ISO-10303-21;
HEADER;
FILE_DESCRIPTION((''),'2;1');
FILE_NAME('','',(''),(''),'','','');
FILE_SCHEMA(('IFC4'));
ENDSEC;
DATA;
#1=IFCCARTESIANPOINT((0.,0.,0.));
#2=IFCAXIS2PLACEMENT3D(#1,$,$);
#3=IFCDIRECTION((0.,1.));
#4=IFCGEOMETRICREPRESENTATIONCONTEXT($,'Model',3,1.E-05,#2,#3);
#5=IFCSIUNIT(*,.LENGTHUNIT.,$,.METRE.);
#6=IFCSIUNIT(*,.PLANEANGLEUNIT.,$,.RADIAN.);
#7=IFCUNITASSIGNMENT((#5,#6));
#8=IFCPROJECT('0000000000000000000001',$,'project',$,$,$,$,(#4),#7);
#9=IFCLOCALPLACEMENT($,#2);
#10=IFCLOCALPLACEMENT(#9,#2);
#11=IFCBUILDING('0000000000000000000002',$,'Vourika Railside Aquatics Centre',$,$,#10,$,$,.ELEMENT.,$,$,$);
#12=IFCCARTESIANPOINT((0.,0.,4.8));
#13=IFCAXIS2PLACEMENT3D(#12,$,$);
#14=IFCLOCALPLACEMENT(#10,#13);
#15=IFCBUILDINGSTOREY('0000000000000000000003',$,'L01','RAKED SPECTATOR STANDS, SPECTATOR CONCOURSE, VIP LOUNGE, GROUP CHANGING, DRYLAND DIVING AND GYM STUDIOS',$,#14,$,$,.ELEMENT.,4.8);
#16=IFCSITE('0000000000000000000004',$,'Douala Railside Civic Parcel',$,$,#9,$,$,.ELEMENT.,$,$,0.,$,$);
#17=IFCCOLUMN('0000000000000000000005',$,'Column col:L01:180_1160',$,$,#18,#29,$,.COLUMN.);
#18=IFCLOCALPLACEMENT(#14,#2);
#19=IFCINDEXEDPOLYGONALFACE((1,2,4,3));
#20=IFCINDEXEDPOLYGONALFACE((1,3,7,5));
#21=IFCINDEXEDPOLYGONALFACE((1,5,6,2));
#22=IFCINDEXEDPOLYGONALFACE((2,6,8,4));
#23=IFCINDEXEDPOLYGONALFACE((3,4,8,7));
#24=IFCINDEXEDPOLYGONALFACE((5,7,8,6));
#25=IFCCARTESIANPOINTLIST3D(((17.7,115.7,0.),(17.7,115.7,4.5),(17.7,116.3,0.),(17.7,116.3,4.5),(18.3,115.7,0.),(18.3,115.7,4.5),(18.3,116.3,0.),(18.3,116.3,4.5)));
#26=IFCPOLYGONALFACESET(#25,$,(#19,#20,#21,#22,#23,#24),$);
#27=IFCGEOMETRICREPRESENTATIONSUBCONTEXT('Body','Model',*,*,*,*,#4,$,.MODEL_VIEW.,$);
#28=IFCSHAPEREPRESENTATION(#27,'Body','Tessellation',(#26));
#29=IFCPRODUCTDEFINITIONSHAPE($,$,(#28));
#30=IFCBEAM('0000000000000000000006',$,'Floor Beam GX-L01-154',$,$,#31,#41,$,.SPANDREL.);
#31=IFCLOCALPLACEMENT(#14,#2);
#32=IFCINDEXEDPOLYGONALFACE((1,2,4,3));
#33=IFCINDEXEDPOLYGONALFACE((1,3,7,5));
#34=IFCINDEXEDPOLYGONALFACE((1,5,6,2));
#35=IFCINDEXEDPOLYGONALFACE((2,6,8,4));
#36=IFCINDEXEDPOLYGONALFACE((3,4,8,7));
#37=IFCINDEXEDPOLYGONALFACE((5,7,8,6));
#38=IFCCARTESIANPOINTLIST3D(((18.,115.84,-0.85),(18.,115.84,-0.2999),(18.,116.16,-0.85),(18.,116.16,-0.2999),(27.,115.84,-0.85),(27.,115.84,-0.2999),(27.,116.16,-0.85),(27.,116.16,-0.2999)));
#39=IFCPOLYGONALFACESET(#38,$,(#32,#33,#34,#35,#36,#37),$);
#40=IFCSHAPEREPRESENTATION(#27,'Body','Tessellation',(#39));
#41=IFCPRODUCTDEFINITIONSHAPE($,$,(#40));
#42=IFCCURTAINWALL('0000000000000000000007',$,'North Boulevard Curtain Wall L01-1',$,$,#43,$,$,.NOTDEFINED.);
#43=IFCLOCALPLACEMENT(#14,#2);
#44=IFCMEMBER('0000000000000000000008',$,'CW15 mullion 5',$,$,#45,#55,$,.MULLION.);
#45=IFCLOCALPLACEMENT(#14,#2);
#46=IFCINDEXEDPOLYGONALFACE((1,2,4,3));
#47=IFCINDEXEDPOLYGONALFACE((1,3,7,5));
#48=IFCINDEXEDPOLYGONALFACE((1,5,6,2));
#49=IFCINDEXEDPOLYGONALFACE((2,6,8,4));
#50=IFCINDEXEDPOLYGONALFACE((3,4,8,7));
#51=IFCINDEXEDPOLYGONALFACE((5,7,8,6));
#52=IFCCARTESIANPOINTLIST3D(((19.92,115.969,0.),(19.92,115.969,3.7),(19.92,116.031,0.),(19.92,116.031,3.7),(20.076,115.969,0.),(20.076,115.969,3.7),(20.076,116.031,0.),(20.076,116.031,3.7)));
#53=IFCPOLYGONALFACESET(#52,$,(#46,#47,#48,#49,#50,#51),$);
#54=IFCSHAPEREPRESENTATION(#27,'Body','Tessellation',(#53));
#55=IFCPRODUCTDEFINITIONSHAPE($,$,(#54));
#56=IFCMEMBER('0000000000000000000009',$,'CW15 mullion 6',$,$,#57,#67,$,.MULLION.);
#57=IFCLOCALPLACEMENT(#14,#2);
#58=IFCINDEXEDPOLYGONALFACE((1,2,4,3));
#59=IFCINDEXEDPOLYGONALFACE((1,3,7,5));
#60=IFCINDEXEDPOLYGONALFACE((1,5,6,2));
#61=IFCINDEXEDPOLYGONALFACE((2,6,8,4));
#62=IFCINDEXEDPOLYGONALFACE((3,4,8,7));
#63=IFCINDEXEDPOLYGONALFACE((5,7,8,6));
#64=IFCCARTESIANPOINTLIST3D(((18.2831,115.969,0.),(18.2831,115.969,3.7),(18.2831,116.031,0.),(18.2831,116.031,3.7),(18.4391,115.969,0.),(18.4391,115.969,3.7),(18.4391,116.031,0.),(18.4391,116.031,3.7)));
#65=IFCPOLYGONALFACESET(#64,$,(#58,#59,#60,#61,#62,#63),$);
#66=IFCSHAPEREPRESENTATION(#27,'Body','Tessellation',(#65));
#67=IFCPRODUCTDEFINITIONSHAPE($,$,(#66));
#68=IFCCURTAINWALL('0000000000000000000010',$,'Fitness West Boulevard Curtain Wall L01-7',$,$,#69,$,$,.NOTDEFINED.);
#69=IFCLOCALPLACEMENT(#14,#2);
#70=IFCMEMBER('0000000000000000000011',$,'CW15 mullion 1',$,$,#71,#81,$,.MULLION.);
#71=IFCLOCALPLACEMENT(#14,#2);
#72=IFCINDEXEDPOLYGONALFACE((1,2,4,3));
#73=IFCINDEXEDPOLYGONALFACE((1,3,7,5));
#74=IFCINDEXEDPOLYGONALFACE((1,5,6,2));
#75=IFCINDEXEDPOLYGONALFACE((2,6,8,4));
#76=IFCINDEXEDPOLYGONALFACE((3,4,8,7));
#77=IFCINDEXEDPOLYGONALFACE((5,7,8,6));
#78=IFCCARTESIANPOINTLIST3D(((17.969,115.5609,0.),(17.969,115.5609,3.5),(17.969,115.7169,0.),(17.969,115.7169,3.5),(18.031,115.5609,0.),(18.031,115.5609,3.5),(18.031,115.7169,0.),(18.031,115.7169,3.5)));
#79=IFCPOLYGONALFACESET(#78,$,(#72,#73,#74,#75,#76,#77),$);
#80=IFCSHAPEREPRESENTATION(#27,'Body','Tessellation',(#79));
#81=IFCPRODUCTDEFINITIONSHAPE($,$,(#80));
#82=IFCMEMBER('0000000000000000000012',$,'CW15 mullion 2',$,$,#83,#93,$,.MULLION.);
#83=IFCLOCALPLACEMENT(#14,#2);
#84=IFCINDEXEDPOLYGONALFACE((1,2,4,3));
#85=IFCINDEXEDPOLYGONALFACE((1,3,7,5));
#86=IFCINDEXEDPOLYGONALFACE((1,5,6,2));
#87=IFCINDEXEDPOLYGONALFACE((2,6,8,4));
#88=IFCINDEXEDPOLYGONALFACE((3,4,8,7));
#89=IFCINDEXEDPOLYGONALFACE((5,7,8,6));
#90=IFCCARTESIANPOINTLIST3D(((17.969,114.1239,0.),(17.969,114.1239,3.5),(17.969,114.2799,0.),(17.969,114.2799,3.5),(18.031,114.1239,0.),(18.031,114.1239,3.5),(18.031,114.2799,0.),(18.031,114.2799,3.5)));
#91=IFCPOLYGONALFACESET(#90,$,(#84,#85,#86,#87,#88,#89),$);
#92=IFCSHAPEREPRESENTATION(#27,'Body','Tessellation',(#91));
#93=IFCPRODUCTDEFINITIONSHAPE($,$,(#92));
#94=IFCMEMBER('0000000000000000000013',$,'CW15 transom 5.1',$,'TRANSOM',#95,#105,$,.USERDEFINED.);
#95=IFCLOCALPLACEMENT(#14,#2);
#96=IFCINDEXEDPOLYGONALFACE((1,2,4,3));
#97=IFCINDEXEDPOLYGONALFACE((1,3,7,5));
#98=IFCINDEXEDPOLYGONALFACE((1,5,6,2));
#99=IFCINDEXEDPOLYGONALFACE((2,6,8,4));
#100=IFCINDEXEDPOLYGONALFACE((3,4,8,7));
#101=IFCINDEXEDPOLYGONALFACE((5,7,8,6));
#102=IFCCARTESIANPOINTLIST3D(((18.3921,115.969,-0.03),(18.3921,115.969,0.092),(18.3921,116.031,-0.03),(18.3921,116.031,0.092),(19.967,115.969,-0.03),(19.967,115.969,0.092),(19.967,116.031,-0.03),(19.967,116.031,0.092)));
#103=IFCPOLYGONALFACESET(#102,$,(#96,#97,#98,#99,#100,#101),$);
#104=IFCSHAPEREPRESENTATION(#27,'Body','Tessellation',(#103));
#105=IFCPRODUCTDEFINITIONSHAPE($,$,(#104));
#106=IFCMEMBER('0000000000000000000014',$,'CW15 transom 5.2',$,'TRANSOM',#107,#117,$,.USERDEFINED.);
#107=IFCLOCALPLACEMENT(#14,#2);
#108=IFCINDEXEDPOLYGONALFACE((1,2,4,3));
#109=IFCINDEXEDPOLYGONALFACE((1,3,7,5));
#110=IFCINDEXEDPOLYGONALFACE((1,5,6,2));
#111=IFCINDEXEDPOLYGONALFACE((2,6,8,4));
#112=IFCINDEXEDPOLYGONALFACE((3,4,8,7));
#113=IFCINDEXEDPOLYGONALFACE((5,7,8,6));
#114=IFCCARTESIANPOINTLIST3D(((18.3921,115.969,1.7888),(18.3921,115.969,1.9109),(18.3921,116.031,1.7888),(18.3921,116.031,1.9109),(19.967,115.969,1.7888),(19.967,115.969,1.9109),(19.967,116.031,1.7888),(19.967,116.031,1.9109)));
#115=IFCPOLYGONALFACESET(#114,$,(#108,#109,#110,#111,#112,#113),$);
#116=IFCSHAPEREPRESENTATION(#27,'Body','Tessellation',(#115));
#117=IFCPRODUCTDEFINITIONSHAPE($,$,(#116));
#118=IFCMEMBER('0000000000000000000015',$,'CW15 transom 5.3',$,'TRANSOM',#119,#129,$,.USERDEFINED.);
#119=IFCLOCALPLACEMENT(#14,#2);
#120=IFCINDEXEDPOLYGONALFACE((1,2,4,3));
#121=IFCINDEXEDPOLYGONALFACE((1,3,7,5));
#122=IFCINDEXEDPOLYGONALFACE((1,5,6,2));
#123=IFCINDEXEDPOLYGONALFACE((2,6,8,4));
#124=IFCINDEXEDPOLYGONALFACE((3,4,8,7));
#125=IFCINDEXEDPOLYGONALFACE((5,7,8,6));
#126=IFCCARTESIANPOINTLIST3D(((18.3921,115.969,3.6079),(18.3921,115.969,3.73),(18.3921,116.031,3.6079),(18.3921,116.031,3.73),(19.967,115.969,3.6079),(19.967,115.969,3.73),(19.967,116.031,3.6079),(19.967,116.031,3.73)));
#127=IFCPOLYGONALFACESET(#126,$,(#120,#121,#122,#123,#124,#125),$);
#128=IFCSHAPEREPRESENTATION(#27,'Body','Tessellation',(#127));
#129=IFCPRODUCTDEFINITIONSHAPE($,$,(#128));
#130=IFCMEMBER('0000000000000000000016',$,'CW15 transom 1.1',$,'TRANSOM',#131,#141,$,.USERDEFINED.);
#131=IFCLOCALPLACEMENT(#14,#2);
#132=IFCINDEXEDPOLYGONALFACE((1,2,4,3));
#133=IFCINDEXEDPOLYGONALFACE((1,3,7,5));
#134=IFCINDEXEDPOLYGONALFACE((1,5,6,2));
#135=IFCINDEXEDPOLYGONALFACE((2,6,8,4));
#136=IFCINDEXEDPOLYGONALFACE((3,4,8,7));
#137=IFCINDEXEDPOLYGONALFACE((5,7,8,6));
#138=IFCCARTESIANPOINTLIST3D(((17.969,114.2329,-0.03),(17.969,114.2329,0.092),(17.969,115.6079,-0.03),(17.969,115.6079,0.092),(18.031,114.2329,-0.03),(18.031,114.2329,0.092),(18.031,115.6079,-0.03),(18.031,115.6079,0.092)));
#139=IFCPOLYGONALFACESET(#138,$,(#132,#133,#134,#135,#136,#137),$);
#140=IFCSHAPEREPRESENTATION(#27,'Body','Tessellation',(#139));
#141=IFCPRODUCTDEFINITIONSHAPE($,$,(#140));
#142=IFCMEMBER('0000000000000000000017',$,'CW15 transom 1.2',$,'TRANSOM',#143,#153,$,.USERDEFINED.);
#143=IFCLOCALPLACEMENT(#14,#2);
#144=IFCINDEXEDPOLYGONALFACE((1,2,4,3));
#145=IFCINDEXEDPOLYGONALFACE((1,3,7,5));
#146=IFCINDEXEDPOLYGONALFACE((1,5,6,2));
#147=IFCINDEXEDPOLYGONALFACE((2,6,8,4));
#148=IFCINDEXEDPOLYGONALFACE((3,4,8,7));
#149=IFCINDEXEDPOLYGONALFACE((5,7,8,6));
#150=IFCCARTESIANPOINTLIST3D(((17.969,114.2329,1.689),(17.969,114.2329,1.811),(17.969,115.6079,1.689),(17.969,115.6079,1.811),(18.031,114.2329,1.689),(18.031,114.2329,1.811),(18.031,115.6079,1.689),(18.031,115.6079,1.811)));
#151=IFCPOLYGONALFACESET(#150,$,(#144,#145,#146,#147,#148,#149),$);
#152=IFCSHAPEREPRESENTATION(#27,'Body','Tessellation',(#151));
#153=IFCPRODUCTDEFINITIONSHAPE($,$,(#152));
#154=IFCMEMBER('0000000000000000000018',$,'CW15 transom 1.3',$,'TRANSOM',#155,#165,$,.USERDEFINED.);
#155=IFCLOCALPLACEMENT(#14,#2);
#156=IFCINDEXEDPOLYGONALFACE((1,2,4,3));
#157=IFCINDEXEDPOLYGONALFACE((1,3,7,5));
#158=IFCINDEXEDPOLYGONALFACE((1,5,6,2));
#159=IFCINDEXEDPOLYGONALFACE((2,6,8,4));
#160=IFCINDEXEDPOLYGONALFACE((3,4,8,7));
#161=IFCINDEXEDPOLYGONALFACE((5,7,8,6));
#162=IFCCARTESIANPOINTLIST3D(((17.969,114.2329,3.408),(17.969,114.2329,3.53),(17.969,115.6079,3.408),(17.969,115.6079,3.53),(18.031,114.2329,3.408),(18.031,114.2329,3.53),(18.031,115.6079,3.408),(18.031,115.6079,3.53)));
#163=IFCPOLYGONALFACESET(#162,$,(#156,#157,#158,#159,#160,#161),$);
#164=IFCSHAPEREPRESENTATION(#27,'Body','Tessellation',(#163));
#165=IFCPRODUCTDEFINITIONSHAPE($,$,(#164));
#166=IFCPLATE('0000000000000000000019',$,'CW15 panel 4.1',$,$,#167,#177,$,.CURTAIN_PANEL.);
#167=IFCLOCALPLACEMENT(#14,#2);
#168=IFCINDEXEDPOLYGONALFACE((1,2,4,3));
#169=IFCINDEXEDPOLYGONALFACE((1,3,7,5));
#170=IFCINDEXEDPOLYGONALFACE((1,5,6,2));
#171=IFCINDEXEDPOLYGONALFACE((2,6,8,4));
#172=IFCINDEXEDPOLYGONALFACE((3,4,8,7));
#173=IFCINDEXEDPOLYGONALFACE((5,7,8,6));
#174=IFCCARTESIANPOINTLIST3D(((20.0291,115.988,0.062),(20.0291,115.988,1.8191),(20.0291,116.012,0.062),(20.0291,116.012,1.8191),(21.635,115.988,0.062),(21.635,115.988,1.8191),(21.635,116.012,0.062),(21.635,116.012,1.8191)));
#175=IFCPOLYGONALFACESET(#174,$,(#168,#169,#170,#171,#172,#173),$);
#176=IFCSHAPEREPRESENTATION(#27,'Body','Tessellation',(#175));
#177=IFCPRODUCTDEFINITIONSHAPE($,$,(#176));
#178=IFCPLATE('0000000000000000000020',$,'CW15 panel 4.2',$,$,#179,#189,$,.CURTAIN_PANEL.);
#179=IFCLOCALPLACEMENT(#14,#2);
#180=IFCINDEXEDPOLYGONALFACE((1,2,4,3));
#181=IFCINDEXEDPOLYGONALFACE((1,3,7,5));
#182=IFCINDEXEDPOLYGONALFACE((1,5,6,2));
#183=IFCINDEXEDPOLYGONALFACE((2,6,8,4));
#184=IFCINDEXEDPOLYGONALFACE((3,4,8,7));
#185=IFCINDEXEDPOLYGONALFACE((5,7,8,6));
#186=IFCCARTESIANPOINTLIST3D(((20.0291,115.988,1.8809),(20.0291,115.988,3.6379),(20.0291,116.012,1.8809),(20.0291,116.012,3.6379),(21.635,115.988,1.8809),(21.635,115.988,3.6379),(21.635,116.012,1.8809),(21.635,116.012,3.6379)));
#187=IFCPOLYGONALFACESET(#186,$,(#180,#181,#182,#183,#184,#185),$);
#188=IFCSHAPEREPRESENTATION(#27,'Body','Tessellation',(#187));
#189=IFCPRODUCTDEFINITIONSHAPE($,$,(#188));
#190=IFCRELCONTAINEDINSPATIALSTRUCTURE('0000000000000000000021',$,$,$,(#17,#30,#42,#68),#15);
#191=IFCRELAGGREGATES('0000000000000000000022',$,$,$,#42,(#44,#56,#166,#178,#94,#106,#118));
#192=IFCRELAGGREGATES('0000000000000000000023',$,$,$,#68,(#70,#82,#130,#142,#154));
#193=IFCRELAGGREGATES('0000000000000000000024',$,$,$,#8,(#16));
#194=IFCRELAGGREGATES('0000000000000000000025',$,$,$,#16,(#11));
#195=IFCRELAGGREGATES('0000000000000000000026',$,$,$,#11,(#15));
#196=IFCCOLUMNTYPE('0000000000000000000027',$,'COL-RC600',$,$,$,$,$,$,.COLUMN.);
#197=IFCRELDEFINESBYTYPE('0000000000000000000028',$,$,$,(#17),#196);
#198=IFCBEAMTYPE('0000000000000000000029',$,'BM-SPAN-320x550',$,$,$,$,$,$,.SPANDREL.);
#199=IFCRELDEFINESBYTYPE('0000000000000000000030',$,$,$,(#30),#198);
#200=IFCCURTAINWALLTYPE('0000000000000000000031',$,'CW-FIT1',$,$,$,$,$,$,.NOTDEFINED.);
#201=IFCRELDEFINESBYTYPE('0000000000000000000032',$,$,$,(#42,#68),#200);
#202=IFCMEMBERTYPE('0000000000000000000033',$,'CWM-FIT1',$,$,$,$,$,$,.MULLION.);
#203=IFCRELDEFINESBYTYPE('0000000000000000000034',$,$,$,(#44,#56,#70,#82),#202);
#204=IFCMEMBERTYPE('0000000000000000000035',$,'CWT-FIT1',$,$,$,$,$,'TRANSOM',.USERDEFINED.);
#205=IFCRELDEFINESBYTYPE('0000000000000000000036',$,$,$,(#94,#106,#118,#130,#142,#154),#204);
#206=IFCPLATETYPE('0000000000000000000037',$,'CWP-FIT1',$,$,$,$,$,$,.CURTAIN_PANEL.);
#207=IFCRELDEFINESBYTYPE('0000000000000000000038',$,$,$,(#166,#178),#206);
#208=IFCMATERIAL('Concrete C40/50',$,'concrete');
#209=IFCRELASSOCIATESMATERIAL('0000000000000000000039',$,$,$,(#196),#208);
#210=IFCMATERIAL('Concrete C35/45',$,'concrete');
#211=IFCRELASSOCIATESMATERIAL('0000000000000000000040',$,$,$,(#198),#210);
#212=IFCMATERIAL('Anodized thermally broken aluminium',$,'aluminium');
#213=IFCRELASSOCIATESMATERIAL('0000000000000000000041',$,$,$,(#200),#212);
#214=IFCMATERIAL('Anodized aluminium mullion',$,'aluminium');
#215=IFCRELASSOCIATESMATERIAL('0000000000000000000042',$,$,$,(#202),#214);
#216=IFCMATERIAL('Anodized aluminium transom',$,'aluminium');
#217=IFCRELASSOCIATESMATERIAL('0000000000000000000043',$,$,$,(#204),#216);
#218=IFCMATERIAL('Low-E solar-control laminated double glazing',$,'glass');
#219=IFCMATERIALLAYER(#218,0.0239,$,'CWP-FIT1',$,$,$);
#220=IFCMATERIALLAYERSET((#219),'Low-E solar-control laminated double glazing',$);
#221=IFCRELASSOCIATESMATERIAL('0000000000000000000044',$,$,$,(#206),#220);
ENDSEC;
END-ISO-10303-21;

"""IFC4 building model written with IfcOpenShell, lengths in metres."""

from ifc_helpers import new_model, si_unit, direction, frame, origin, origin_2d, place, context, subcontext, project, spatial, rectangle, extrude, material, layer, layer_set, material_profile, profile_set, type_object, element, aggregate, save


model = new_model("IFC4")

# Units and contexts
model_context = context("Model", 3, precision=1e-05, world=origin(), true_north=direction((0.0, 1.0)))
body_context = subcontext(model_context, "Body", "Model", "MODEL_VIEW")
ifc_project = project(units=[si_unit("LENGTHUNIT", "METRE"), si_unit("PLANEANGLEUNIT", "RADIAN")], contexts=[model_context])

# Site, building, storey
site_placement = place(None, origin())
site = spatial("IfcSite", under=ifc_project, at=site_placement, Name="Douala Railside Civic Parcel", CompositionType="ELEMENT", RefElevation=0.0)
building_placement = place(site_placement, origin())
building = spatial("IfcBuilding", under=site, at=building_placement, Name="Vourika Railside Aquatics Centre", CompositionType="ELEMENT")
storey_placement = place(building_placement, frame((0.0, 0.0, 4.8)))
storey = spatial("IfcBuildingStorey", under=building, at=storey_placement, Name="L01", Description="RAKED SPECTATOR STANDS, SPECTATOR CONCOURSE, VIP LOUNGE, GROUP CHANGING, DRYLAND DIVING AND GYM STUDIOS", CompositionType="ELEMENT", Elevation=4.8)

# Column
ifc_material_1 = material(Name="Concrete C40/50", Category="concrete")
ifc_material_profile_1 = material_profile(ifc_material_1, rectangle(XDim=0.6001, YDim=0.6001, at=origin_2d()), Name="RC 600x600")
ifc_profile_set_1 = profile_set([ifc_material_profile_1], Name="Concrete C40/50")
column_type = type_object("IfcColumnType", Name="COL-RC600", PredefinedType="COLUMN", material=ifc_profile_set_1)
column_placement = place(storey_placement, frame((18.0, 116.0, 0.0), z_axis=(0.0, 0.0, 1.0), x_axis=(1.0, 0.0, 0.0)))
element("IfcColumn", 1, at=column_placement, inside=storey, type_object=column_type, Name="Column col:L01:180_1160", PredefinedType="COLUMN", context=body_context, shape_type="SweptSolid", body=[
    extrude(rectangle(XDim=0.6001, YDim=0.6001, at=origin_2d()), origin(), (0.0, 0.0, 1.0), 4.5),
])

# Beam
ifc_material_2 = material(Name="Concrete C35/45", Category="concrete")
ifc_material_profile_2 = material_profile(ifc_material_2, rectangle(XDim=0.3201, YDim=0.55, at=origin_2d()), Name="RC 320x550")
ifc_profile_set_2 = profile_set([ifc_material_profile_2], Name="Concrete C35/45")
beam_type = type_object("IfcBeamType", Name="BM-SPAN-320x550", PredefinedType="SPANDREL", material=ifc_profile_set_2)
beam_placement = place(storey_placement, frame((18.0, 116.0, -0.575), z_axis=(1.0, 0.0, 0.0), x_axis=(0.0, 1.0, 0.0)))
element("IfcBeam", 2, at=beam_placement, inside=storey, type_object=beam_type, Name="Floor Beam GX-L01-154", PredefinedType="SPANDREL", context=body_context, shape_type="SweptSolid", body=[
    extrude(rectangle(XDim=0.3201, YDim=0.55, at=origin_2d()), origin(), (0.0, 0.0, 1.0), 9.0),
])

# Curtain walls, members
ifc_material_3 = material(Name="Anodized thermally broken aluminium", Category="aluminium")
curtain_wall_type = type_object("IfcCurtainWallType", Name="CW-FIT1", PredefinedType="NOTDEFINED", material=ifc_material_3)
curtain_wall_1_placement = place(storey_placement, origin())
curtain_wall_1 = element("IfcCurtainWall", 3, at=curtain_wall_1_placement, inside=storey, type_object=curtain_wall_type, Name="North Boulevard Curtain Wall L01-1", PredefinedType="NOTDEFINED")
ifc_material_4 = material(Name="Anodized aluminium mullion", Category="aluminium")
ifc_material_profile_3 = material_profile(ifc_material_4, rectangle(XDim=0.062, YDim=0.156, at=origin_2d()), Name="ALU-M 62x156")
ifc_profile_set_3 = profile_set([ifc_material_profile_3], Name="Anodized aluminium mullion")
member_type_1 = type_object("IfcMemberType", Name="CWM-FIT1", PredefinedType="MULLION", material=ifc_profile_set_3)
member_1_placement = place(storey_placement, frame((19.998, 116.0, 0.0), z_axis=(0.0, 0.0, 1.0), x_axis=(0.0, -1.0, 0.0)))
member_1 = element("IfcMember", 4, at=member_1_placement, type_object=member_type_1, Name="CW15 mullion 5", PredefinedType="MULLION", context=body_context, shape_type="SweptSolid", body=[
    extrude(rectangle(XDim=0.062, YDim=0.156, at=origin_2d()), origin(), (0.0, 0.0, 1.0), 3.7),
])
member_2_placement = place(storey_placement, frame((18.3611, 116.0, 0.0), z_axis=(0.0, 0.0, 1.0), x_axis=(0.0, -1.0, 0.0)))
member_2 = element("IfcMember", 5, at=member_2_placement, type_object=member_type_1, Name="CW15 mullion 6", PredefinedType="MULLION", context=body_context, shape_type="SweptSolid", body=[
    extrude(rectangle(XDim=0.062, YDim=0.156, at=origin_2d()), origin(), (0.0, 0.0, 1.0), 3.7),
])
curtain_wall_2_placement = place(storey_placement, origin())
curtain_wall_2 = element("IfcCurtainWall", 6, at=curtain_wall_2_placement, inside=storey, type_object=curtain_wall_type, Name="Fitness West Boulevard Curtain Wall L01-7", PredefinedType="NOTDEFINED")
member_3_placement = place(storey_placement, frame((18.0, 115.6389, 0.0), z_axis=(0.0, 0.0, 1.0), x_axis=(1.0, 0.0, 0.0)))
member_3 = element("IfcMember", 7, at=member_3_placement, type_object=member_type_1, Name="CW15 mullion 1", PredefinedType="MULLION", context=body_context, shape_type="SweptSolid", body=[
    extrude(rectangle(XDim=0.062, YDim=0.156, at=origin_2d()), origin(), (0.0, 0.0, 1.0), 3.5),
])
member_4_placement = place(storey_placement, frame((18.0, 114.2019, 0.0), z_axis=(0.0, 0.0, 1.0), x_axis=(1.0, 0.0, 0.0)))
member_4 = element("IfcMember", 8, at=member_4_placement, type_object=member_type_1, Name="CW15 mullion 2", PredefinedType="MULLION", context=body_context, shape_type="SweptSolid", body=[
    extrude(rectangle(XDim=0.062, YDim=0.156, at=origin_2d()), origin(), (0.0, 0.0, 1.0), 3.5),
])

# Members
ifc_material_5 = material(Name="Anodized aluminium transom", Category="aluminium")
ifc_material_profile_4 = material_profile(ifc_material_5, rectangle(XDim=0.062, YDim=0.1221, at=origin_2d()), Name="ALU-T 62x122")
ifc_profile_set_4 = profile_set([ifc_material_profile_4], Name="Anodized aluminium transom")
member_type_2 = type_object("IfcMemberType", Name="CWT-FIT1", ElementType="TRANSOM", PredefinedType="USERDEFINED", material=ifc_profile_set_4)
member_5_placement = place(storey_placement, frame((19.967, 116.0, 0.031), z_axis=(-1.0, 0.0, 0.0), x_axis=(0.0, -1.0, 0.0)))
member_5 = element("IfcMember", 9, at=member_5_placement, type_object=member_type_2, Name="CW15 transom 5.1", ObjectType="TRANSOM", PredefinedType="USERDEFINED", context=body_context, shape_type="SweptSolid", body=[
    extrude(rectangle(XDim=0.062, YDim=0.1221, at=origin_2d()), origin(), (0.0, 0.0, 1.0), 1.575),
])
member_6_placement = place(storey_placement, frame((19.967, 116.0, 1.8499), z_axis=(-1.0, 0.0, 0.0), x_axis=(0.0, -1.0, 0.0)))
member_6 = element("IfcMember", 10, at=member_6_placement, type_object=member_type_2, Name="CW15 transom 5.2", ObjectType="TRANSOM", PredefinedType="USERDEFINED", context=body_context, shape_type="SweptSolid", body=[
    extrude(rectangle(XDim=0.062, YDim=0.1221, at=origin_2d()), origin(), (0.0, 0.0, 1.0), 1.575),
])
member_7_placement = place(storey_placement, frame((19.967, 116.0, 3.6689), z_axis=(-1.0, 0.0, 0.0), x_axis=(0.0, -1.0, 0.0)))
member_7 = element("IfcMember", 11, at=member_7_placement, type_object=member_type_2, Name="CW15 transom 5.3", ObjectType="TRANSOM", PredefinedType="USERDEFINED", context=body_context, shape_type="SweptSolid", body=[
    extrude(rectangle(XDim=0.062, YDim=0.1221, at=origin_2d()), origin(), (0.0, 0.0, 1.0), 1.575),
])
member_8_placement = place(storey_placement, frame((18.0, 115.6079, 0.031), z_axis=(0.0, -1.0, 0.0), x_axis=(1.0, 0.0, 0.0)))
member_8 = element("IfcMember", 12, at=member_8_placement, type_object=member_type_2, Name="CW15 transom 1.1", ObjectType="TRANSOM", PredefinedType="USERDEFINED", context=body_context, shape_type="SweptSolid", body=[
    extrude(rectangle(XDim=0.062, YDim=0.1221, at=origin_2d()), origin(), (0.0, 0.0, 1.0), 1.375),
])
member_9_placement = place(storey_placement, frame((18.0, 115.6079, 1.75), z_axis=(0.0, -1.0, 0.0), x_axis=(1.0, 0.0, 0.0)))
member_9 = element("IfcMember", 13, at=member_9_placement, type_object=member_type_2, Name="CW15 transom 1.2", ObjectType="TRANSOM", PredefinedType="USERDEFINED", context=body_context, shape_type="SweptSolid", body=[
    extrude(rectangle(XDim=0.062, YDim=0.1221, at=origin_2d()), origin(), (0.0, 0.0, 1.0), 1.375),
])
member_10_placement = place(storey_placement, frame((18.0, 115.6079, 3.469), z_axis=(0.0, -1.0, 0.0), x_axis=(1.0, 0.0, 0.0)))
member_10 = element("IfcMember", 14, at=member_10_placement, type_object=member_type_2, Name="CW15 transom 1.3", ObjectType="TRANSOM", PredefinedType="USERDEFINED", context=body_context, shape_type="SweptSolid", body=[
    extrude(rectangle(XDim=0.062, YDim=0.1221, at=origin_2d()), origin(), (0.0, 0.0, 1.0), 1.375),
])

# Plates
ifc_material_6 = material(Name="Low-E solar-control laminated double glazing", Category="glass")
ifc_layer_1 = layer(ifc_material_6, 0.0239, Name="CWP-FIT1")
ifc_layer_set_1 = layer_set([ifc_layer_1], Name="Low-E solar-control laminated double glazing")
plate_type = type_object("IfcPlateType", Name="CWP-FIT1", PredefinedType="CURTAIN_PANEL", material=ifc_layer_set_1)
plate_1_placement = place(storey_placement, frame((20.832, 116.0, 0.062), z_axis=(0.0, 0.0, 1.0), x_axis=(-1.0, 0.0, 0.0)))
plate_1 = element("IfcPlate", 15, at=plate_1_placement, type_object=plate_type, Name="CW15 panel 4.1", PredefinedType="CURTAIN_PANEL", context=body_context, shape_type="SweptSolid", body=[
    extrude(rectangle(XDim=1.606, YDim=0.0239, at=origin_2d()), origin(), (0.0, 0.0, 1.0), 1.7571),
])
plate_2_placement = place(storey_placement, frame((20.832, 116.0, 1.8809), z_axis=(0.0, 0.0, 1.0), x_axis=(-1.0, 0.0, 0.0)))
plate_2 = element("IfcPlate", 16, at=plate_2_placement, type_object=plate_type, Name="CW15 panel 4.2", PredefinedType="CURTAIN_PANEL", context=body_context, shape_type="SweptSolid", body=[
    extrude(rectangle(XDim=1.606, YDim=0.0239, at=origin_2d()), origin(), (0.0, 0.0, 1.0), 1.7571),
])
aggregate(curtain_wall_1, [member_1, member_2, plate_1, plate_2, member_5, member_6, member_7])
aggregate(curtain_wall_2, [member_3, member_4, member_8, member_9, member_10])

save(model, "model.ifc")
